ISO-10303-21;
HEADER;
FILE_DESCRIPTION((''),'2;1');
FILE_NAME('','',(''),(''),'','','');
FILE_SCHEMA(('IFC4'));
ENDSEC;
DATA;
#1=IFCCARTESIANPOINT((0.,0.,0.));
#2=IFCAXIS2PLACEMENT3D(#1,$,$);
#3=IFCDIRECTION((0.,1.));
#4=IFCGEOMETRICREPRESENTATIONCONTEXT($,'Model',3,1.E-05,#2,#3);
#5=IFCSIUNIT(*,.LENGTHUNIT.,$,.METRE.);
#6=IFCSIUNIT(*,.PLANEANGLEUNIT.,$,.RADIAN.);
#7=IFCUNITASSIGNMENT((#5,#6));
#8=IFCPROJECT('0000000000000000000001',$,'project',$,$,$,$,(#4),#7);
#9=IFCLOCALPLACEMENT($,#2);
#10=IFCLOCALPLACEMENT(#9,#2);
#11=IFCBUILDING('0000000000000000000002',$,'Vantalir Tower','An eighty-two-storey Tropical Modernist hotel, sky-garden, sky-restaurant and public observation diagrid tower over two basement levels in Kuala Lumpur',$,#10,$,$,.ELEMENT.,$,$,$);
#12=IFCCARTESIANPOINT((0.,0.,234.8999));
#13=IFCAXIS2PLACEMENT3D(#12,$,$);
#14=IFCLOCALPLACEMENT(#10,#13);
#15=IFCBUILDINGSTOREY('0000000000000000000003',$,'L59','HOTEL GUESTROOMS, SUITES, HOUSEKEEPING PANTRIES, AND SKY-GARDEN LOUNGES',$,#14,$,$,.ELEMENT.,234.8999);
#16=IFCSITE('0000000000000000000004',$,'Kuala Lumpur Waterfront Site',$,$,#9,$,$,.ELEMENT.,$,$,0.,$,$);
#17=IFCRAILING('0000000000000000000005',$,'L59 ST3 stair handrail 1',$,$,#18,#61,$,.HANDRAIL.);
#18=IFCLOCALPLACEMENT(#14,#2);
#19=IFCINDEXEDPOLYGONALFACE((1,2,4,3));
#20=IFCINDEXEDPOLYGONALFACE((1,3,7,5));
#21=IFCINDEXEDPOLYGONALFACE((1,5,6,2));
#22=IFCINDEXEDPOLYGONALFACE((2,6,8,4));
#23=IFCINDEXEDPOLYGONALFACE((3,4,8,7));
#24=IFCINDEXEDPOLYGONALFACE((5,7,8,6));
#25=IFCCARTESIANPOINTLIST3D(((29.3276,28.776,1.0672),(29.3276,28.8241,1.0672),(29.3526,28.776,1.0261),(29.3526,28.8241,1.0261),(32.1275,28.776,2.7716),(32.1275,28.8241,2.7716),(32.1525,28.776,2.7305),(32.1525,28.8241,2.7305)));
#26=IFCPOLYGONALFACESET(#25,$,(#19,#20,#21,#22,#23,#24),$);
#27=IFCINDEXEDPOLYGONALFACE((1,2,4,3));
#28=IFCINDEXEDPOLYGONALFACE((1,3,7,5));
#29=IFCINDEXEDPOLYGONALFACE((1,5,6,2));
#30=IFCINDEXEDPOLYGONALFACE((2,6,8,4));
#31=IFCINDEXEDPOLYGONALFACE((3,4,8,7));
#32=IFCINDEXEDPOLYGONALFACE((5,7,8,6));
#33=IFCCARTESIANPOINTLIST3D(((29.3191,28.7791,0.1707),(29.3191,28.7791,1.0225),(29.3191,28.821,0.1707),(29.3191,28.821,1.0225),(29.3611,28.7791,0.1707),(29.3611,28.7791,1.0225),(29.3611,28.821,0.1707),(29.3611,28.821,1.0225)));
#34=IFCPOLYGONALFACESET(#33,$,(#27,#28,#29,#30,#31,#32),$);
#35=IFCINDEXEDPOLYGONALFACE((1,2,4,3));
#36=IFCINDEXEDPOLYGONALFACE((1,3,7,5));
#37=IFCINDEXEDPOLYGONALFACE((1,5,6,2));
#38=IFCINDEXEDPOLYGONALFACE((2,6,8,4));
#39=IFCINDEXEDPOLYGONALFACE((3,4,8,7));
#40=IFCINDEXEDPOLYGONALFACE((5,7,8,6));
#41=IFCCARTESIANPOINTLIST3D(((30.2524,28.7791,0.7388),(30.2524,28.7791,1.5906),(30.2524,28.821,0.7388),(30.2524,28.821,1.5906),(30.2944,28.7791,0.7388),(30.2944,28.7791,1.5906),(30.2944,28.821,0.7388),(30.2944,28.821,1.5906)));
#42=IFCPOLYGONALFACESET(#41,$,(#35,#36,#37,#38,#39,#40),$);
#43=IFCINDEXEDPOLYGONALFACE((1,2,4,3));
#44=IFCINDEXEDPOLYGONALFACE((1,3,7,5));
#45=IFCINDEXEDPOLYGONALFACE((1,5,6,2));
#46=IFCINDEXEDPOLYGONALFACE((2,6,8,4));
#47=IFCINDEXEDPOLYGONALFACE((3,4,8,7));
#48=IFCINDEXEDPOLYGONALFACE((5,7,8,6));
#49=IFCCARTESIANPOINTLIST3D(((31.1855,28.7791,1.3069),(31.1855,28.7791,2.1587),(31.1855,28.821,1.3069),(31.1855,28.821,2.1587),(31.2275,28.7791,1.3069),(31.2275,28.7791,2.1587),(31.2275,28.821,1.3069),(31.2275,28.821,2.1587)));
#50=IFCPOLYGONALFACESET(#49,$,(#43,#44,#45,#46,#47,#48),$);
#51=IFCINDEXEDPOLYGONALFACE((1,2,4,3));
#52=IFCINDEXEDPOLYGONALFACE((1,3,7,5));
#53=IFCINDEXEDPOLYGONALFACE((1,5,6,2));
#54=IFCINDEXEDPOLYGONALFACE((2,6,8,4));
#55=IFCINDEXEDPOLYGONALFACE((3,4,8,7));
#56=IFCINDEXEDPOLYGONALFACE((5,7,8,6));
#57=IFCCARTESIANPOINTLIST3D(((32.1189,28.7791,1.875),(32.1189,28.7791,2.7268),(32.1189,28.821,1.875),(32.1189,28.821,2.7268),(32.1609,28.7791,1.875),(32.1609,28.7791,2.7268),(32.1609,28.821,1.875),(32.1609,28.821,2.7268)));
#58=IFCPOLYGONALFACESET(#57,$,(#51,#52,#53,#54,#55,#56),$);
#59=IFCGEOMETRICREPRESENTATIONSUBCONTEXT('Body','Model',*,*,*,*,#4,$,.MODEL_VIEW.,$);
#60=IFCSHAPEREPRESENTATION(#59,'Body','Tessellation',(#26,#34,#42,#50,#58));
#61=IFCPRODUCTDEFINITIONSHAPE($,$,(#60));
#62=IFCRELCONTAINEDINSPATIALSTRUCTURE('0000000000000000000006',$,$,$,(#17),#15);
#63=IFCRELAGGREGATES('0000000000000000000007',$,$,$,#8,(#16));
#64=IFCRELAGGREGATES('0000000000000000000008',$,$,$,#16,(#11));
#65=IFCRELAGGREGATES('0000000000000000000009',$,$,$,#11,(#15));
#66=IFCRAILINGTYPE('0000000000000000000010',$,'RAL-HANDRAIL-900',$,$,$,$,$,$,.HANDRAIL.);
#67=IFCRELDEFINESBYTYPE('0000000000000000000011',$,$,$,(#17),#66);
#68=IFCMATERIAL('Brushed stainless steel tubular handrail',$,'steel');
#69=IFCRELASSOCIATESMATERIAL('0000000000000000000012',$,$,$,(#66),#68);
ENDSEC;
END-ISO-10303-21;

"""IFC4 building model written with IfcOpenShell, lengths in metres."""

from ifc_helpers import new_model, si_unit, direction, frame, origin, origin_2d, place, context, subcontext, project, spatial, rectangle, extrude, material, type_object, element, save


model = new_model("IFC4")

# Units and contexts
model_context = context("Model", 3, precision=1e-05, world=origin(), true_north=direction((0.0, 1.0)))
body_context = subcontext(model_context, "Body", "Model", "MODEL_VIEW")
ifc_project = project(units=[si_unit("LENGTHUNIT", "METRE"), si_unit("PLANEANGLEUNIT", "RADIAN")], contexts=[model_context])

# Site, building, storey
site_placement = place(None, origin())
site = spatial("IfcSite", under=ifc_project, at=site_placement, Name="Kuala Lumpur Waterfront Site", CompositionType="ELEMENT", RefElevation=0.0)
building_placement = place(site_placement, origin())
building = spatial("IfcBuilding", under=site, at=building_placement, Name="Vantalir Tower", Description="An eighty-two-storey Tropical Modernist hotel, sky-garden, sky-restaurant and public observation diagrid tower over two basement levels in Kuala Lumpur", CompositionType="ELEMENT")
storey_placement = place(building_placement, frame((0.0, 0.0, 234.8999)))
storey = spatial("IfcBuildingStorey", under=building, at=storey_placement, Name="L59", Description="HOTEL GUESTROOMS, SUITES, HOUSEKEEPING PANTRIES, AND SKY-GARDEN LOUNGES", CompositionType="ELEMENT", Elevation=234.8999)

# Railing
ifc_material_1 = material(Name="Brushed stainless steel tubular handrail", Category="steel")
railing_type_1 = type_object("IfcRailingType", Name="RAL-HANDRAIL-900", PredefinedType="HANDRAIL", material=ifc_material_1)
railing_1_placement = place(storey_placement, frame((29.3401, 28.8, 0.1707)))
element("IfcRailing", 1, at=railing_1_placement, inside=storey, type_object=railing_type_1, Name="L59 ST3 stair handrail 1", PredefinedType="HANDRAIL", context=body_context, shape_type="SweptSolid", body=[
    extrude(rectangle(XDim=0.0481, YDim=0.0481, at=origin_2d()), frame((0.0, 0.0, 0.876), z_axis=(0.854183, 0.0, 0.519973), x_axis=(0.0, 1.0, 0.0)), (0.0, 0.0, 1.0), 3.2778),
    extrude(rectangle(XDim=0.042, YDim=0.042, at=origin_2d()), origin(), (0.0, 0.0, 1.0), 0.8518),
    extrude(rectangle(XDim=0.042, YDim=0.042, at=origin_2d()), frame((0.9333, 0.0, 0.5681)), (0.0, 0.0, 1.0), 0.8518),
    extrude(rectangle(XDim=0.042, YDim=0.042, at=origin_2d()), frame((1.8665, 0.0, 1.1362)), (0.0, 0.0, 1.0), 0.8518),
    extrude(rectangle(XDim=0.042, YDim=0.042, at=origin_2d()), frame((2.7998, 0.0, 1.7043)), (0.0, 0.0, 1.0), 0.8518),
])

save(model, "model.ifc")
